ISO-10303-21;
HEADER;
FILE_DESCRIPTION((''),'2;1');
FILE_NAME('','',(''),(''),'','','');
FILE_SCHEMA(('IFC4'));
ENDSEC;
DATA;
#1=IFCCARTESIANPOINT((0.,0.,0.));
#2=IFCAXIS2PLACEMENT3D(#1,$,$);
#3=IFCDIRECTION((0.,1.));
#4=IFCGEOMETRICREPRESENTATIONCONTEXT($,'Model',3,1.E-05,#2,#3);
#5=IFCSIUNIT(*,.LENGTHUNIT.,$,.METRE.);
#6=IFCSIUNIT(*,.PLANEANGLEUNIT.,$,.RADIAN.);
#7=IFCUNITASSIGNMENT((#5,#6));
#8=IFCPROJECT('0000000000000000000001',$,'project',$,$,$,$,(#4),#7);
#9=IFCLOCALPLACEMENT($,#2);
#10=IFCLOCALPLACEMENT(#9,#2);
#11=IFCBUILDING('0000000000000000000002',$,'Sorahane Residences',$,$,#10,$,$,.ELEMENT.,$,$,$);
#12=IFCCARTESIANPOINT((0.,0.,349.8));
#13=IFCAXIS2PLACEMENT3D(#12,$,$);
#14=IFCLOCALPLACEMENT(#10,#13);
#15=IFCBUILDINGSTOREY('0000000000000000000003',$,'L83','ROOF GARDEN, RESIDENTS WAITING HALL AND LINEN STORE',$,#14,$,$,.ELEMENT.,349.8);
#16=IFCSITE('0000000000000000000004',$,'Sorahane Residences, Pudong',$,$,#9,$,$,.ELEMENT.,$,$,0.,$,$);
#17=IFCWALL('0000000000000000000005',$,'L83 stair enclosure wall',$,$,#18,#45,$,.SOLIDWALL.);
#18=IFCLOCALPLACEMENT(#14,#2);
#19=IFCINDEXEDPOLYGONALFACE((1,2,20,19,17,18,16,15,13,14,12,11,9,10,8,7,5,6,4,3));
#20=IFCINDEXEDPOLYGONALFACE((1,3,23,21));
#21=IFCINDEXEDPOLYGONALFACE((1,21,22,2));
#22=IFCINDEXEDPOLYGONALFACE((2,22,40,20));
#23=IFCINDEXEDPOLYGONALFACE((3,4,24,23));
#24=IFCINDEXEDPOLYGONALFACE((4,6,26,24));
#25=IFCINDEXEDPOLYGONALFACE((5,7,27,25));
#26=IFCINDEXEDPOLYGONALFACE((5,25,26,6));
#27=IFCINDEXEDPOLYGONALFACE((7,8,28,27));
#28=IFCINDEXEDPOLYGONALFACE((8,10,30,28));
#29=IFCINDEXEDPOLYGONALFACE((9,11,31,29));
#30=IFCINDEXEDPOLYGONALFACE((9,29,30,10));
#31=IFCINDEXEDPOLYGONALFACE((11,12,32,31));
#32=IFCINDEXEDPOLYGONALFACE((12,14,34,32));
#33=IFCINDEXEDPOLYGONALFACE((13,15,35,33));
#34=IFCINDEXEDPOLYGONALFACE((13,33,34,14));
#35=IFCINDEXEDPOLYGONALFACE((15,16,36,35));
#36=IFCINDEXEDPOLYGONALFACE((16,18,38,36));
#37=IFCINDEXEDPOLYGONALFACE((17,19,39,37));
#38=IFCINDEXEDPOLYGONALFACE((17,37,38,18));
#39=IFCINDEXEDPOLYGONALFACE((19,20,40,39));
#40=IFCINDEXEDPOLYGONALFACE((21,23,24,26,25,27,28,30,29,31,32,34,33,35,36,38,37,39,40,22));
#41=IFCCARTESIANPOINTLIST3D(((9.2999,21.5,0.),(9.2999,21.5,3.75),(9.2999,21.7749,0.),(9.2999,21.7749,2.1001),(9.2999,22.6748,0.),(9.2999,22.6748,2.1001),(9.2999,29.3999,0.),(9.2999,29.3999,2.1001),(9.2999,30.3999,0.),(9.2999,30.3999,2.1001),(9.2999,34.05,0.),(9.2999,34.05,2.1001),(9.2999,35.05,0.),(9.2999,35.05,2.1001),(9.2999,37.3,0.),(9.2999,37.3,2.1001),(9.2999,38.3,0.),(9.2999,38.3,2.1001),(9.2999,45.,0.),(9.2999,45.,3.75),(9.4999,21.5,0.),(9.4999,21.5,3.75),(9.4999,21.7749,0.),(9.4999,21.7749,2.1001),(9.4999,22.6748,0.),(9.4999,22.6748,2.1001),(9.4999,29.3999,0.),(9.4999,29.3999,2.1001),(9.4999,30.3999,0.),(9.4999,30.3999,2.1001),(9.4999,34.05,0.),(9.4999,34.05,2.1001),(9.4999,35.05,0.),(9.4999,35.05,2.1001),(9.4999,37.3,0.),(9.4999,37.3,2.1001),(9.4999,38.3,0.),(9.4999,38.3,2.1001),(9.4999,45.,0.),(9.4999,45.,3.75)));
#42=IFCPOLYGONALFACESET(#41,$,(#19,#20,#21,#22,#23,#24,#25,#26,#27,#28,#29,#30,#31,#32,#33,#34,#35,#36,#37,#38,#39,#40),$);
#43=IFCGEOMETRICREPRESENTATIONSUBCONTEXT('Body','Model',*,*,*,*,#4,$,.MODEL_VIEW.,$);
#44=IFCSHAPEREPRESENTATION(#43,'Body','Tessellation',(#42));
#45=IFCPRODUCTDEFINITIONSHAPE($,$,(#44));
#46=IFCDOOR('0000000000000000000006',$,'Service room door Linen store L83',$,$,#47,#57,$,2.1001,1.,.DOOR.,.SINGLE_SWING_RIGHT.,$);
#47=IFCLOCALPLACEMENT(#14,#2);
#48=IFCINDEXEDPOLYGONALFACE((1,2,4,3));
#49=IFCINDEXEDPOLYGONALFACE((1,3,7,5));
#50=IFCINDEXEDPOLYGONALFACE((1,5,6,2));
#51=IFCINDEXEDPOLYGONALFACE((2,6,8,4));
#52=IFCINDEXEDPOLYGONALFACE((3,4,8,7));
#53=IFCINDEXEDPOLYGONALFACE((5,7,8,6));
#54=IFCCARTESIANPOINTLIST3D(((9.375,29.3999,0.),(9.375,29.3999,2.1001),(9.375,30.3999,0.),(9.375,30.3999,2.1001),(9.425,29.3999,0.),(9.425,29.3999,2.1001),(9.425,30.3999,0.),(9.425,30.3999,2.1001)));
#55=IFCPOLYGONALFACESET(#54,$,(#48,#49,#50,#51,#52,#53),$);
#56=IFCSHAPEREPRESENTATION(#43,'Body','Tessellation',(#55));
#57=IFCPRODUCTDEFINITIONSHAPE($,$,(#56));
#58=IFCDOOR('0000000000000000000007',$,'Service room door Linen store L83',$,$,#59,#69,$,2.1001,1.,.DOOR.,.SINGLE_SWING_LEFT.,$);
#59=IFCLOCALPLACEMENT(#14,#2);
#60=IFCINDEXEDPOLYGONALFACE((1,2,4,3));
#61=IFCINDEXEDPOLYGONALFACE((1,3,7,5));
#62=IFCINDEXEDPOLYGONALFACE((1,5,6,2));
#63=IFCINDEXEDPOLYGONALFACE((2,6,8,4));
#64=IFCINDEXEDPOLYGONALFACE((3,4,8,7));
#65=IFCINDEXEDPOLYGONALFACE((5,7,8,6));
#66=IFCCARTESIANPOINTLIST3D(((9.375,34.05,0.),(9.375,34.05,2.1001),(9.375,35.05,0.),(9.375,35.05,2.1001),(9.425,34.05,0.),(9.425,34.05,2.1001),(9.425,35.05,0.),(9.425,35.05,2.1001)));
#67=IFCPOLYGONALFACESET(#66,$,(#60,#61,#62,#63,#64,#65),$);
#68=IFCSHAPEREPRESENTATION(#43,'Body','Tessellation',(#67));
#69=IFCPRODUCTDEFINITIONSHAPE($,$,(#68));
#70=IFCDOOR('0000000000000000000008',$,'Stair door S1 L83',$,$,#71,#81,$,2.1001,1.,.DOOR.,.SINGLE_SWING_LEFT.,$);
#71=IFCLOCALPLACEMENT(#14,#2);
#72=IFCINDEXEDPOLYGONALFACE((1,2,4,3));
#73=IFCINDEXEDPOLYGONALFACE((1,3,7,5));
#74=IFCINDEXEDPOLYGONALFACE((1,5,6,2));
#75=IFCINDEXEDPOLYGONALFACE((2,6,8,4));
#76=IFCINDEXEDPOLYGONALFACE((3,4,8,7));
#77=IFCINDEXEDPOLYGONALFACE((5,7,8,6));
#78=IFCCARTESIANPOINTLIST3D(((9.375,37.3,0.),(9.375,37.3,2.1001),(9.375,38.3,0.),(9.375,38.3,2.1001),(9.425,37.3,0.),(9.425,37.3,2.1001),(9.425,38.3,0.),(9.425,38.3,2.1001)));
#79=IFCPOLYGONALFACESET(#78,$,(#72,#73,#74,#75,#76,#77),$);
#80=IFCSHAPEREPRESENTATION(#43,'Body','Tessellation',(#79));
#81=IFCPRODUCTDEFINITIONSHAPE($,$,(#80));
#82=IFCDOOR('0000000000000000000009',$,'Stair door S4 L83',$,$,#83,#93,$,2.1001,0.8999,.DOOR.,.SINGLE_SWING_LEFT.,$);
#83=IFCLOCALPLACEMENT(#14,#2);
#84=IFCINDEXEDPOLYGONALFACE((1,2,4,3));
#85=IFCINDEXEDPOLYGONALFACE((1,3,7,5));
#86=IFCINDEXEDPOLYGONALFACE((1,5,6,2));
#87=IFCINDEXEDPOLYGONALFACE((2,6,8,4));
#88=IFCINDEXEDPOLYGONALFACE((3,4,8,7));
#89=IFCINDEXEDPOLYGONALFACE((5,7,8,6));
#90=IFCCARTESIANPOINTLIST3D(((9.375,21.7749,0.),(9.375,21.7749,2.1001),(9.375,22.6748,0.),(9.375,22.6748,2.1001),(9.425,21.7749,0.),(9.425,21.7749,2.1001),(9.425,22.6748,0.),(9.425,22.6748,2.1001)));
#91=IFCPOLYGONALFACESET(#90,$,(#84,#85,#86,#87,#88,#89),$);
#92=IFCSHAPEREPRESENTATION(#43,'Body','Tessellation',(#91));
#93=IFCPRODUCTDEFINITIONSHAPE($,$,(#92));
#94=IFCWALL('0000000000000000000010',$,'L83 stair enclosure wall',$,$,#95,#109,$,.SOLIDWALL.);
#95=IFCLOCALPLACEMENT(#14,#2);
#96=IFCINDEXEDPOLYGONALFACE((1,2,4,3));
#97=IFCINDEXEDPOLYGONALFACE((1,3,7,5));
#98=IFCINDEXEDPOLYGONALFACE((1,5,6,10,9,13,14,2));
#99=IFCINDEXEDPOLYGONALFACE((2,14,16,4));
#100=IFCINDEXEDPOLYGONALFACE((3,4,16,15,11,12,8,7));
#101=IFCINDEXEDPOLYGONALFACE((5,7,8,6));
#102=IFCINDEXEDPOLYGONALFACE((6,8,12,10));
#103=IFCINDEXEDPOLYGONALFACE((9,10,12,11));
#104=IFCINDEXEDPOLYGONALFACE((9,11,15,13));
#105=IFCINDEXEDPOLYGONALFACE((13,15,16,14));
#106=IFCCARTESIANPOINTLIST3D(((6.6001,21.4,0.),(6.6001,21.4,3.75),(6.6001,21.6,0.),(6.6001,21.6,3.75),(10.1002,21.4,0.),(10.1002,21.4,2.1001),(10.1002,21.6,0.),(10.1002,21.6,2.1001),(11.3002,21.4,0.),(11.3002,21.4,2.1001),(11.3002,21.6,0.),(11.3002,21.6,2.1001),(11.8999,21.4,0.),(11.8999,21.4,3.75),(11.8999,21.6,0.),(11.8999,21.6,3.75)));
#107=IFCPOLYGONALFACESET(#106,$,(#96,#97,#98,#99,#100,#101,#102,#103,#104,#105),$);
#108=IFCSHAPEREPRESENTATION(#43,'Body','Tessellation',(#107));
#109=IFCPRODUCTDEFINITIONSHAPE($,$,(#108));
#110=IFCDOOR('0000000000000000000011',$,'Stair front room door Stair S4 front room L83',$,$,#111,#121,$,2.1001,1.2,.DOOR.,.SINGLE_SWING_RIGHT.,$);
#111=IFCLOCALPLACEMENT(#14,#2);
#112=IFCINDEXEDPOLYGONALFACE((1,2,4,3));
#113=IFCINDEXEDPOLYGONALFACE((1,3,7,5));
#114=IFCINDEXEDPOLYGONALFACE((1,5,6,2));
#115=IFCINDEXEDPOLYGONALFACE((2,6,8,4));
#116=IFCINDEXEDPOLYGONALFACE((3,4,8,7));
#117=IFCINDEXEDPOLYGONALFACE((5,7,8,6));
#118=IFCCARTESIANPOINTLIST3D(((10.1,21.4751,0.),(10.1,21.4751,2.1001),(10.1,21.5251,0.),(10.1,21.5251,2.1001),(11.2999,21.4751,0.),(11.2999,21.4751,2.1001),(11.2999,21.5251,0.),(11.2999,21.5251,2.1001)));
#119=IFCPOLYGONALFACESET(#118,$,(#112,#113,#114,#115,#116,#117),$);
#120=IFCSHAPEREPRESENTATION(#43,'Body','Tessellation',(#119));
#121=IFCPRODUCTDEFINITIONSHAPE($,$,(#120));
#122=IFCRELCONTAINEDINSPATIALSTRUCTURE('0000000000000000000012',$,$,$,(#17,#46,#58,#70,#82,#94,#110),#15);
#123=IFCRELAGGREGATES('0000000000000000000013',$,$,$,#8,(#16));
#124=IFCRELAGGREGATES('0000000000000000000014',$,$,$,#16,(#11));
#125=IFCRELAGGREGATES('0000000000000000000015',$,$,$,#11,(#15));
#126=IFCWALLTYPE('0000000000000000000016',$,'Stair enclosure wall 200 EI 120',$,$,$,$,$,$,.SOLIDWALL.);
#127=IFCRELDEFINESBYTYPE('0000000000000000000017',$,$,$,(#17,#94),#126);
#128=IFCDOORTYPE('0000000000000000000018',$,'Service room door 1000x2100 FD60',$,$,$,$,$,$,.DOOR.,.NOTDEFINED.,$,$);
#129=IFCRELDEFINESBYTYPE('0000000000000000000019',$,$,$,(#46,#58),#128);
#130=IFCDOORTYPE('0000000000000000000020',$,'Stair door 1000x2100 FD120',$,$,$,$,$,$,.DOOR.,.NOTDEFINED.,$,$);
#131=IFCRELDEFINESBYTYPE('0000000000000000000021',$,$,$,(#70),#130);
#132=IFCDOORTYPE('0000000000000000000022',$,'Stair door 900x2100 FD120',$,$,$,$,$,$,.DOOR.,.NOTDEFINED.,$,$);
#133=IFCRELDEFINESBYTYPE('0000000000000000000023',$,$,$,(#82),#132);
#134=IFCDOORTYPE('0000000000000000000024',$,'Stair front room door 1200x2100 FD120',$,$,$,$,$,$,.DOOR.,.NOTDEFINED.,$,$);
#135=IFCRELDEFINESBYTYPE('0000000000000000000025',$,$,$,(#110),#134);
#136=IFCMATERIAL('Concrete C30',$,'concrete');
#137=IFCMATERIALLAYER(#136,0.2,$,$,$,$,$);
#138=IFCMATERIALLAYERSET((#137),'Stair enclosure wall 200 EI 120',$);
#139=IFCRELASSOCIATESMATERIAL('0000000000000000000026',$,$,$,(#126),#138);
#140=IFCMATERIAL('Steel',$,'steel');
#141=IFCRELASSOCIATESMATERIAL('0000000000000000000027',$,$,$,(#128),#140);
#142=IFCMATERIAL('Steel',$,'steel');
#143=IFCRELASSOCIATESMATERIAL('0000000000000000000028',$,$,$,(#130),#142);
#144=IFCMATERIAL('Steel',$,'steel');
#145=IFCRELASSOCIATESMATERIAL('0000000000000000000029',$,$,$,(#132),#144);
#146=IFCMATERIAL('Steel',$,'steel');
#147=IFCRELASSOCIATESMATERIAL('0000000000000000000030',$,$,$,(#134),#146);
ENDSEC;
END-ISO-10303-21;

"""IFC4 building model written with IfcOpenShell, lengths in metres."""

from ifc_helpers import new_model, si_unit, direction, frame, frame_2d, origin, place, context, subcontext, project, spatial, rectangle, extrude, material, layer, layer_set, type_object, element, fill, save


model = new_model("IFC4")

# Units and contexts
model_context = context("Model", 3, precision=1e-05, world=origin(), true_north=direction((0.0, 1.0)))
body_context = subcontext(model_context, "Body", "Model", "MODEL_VIEW")
ifc_project = project(units=[si_unit("LENGTHUNIT", "METRE"), si_unit("PLANEANGLEUNIT", "RADIAN")], contexts=[model_context])

# Site, building, storey
site_placement = place(None, origin())
site = spatial("IfcSite", under=ifc_project, at=site_placement, Name="Sorahane Residences, Pudong", CompositionType="ELEMENT", RefElevation=0.0)
building_placement = place(site_placement, origin())
building = spatial("IfcBuilding", under=site, at=building_placement, Name="Sorahane Residences", CompositionType="ELEMENT")
storey_placement = place(building_placement, frame((0.0, 0.0, 349.8)))
storey = spatial("IfcBuildingStorey", under=building, at=storey_placement, Name="L83", Description="ROOF GARDEN, RESIDENTS WAITING HALL AND LINEN STORE", CompositionType="ELEMENT", Elevation=349.8)

# Wall, openings, doors
ifc_material_1 = material(Name="Concrete C30", Category="concrete")
ifc_layer_1 = layer(ifc_material_1, 0.2)
ifc_layer_set_1 = layer_set([ifc_layer_1], Name="Stair enclosure wall 200 EI 120")
wall_type_1 = type_object("IfcWallType", Name="Stair enclosure wall 200 EI 120", PredefinedType="SOLIDWALL", material=ifc_layer_set_1)
wall_1_placement = place(storey_placement, frame((9.3999, 21.5, 0.0), z_axis=(0.0, 0.0, 1.0), x_axis=(0.0, 1.0, 0.0)))
wall_1 = element("IfcWall", 1, at=wall_1_placement, inside=storey, type_object=wall_type_1, Name="L83 stair enclosure wall", PredefinedType="SOLIDWALL", context=body_context, shape_type="SweptSolid", body=[
    extrude(rectangle(XDim=23.5, YDim=0.2, at=frame_2d((11.75, 0.0))), origin(), (0.0, 0.0, 1.0), 3.75),
])
opening_1_placement = place(wall_1_placement, frame((7.8999, 0.0, 0.0)))
opening_1 = element("IfcOpeningElement", 2, at=opening_1_placement, cuts=wall_1, PredefinedType="OPENING", context=body_context, shape_type="SweptSolid", body=[
    extrude(rectangle(XDim=1.0, YDim=2.1001, at=frame_2d((0.5, 1.05))), frame((0.0, 0.1099, 0.0), z_axis=(0.0, -1.0, 0.0), x_axis=(1.0, 0.0, 0.0)), (0.0, 0.0, 1.0), 0.22),
])
opening_2_placement = place(wall_1_placement, frame((12.55, 0.0, 0.0)))
opening_2 = element("IfcOpeningElement", 3, at=opening_2_placement, cuts=wall_1, PredefinedType="OPENING", context=body_context, shape_type="SweptSolid", body=[
    extrude(rectangle(XDim=1.0, YDim=2.1001, at=frame_2d((0.5, 1.05))), frame((0.0, 0.1099, 0.0), z_axis=(0.0, -1.0, 0.0), x_axis=(1.0, 0.0, 0.0)), (0.0, 0.0, 1.0), 0.22),
])
opening_3_placement = place(wall_1_placement, frame((15.8, 0.0, 0.0)))
opening_3 = element("IfcOpeningElement", 4, at=opening_3_placement, cuts=wall_1, PredefinedType="OPENING", context=body_context, shape_type="SweptSolid", body=[
    extrude(rectangle(XDim=1.0, YDim=2.1001, at=frame_2d((0.5, 1.05))), frame((0.0, 0.1099, 0.0), z_axis=(0.0, -1.0, 0.0), x_axis=(1.0, 0.0, 0.0)), (0.0, 0.0, 1.0), 0.22),
])
opening_4_placement = place(wall_1_placement, frame((0.2749, 0.0, 0.0)))
opening_4 = element("IfcOpeningElement", 5, at=opening_4_placement, cuts=wall_1, PredefinedType="OPENING", context=body_context, shape_type="SweptSolid", body=[
    extrude(rectangle(XDim=0.8999, YDim=2.1001, at=frame_2d((0.45, 1.05))), frame((0.0, 0.1099, 0.0), z_axis=(0.0, -1.0, 0.0), x_axis=(1.0, 0.0, 0.0)), (0.0, 0.0, 1.0), 0.22),
])
ifc_material_2 = material(Name="Steel", Category="steel")
door_type_1 = type_object("IfcDoorType", Name="Service room door 1000x2100 FD60", OperationType="NOTDEFINED", PredefinedType="DOOR", material=ifc_material_2)
door_1_placement = place(opening_1_placement, origin())
door_1 = element("IfcDoor", 6, at=door_1_placement, inside=storey, type_object=door_type_1, Name="Service room door Linen store L83", OperationType="SINGLE_SWING_RIGHT", OverallHeight=2.1001, OverallWidth=1.0, PredefinedType="DOOR", context=body_context, shape_type="SweptSolid", body=[
    extrude(rectangle(XDim=1.0, YDim=2.1001, at=frame_2d((0.5, 1.05))), frame((0.0, 0.0249, 0.0), z_axis=(0.0, -1.0, 0.0), x_axis=(1.0, 0.0, 0.0)), (0.0, 0.0, 1.0), 0.05),
])
fill(opening_1, door_1)
door_2_placement = place(opening_2_placement, origin())
door_2 = element("IfcDoor", 7, at=door_2_placement, inside=storey, type_object=door_type_1, Name="Service room door Linen store L83", OperationType="SINGLE_SWING_LEFT", OverallHeight=2.1001, OverallWidth=1.0, PredefinedType="DOOR", context=body_context, shape_type="SweptSolid", body=[
    extrude(rectangle(XDim=1.0, YDim=2.1001, at=frame_2d((0.5, 1.05))), frame((0.0, 0.0249, 0.0), z_axis=(0.0, -1.0, 0.0), x_axis=(1.0, 0.0, 0.0)), (0.0, 0.0, 1.0), 0.05),
])
fill(opening_2, door_2)
ifc_material_3 = material(Name="Steel", Category="steel")
door_type_2 = type_object("IfcDoorType", Name="Stair door 1000x2100 FD120", OperationType="NOTDEFINED", PredefinedType="DOOR", material=ifc_material_3)
door_3_placement = place(opening_3_placement, origin())
door_3 = element("IfcDoor", 8, at=door_3_placement, inside=storey, type_object=door_type_2, Name="Stair door S1 L83", OperationType="SINGLE_SWING_LEFT", OverallHeight=2.1001, OverallWidth=1.0, PredefinedType="DOOR", context=body_context, shape_type="SweptSolid", body=[
    extrude(rectangle(XDim=1.0, YDim=2.1001, at=frame_2d((0.5, 1.05))), frame((0.0, 0.0249, 0.0), z_axis=(0.0, -1.0, 0.0), x_axis=(1.0, 0.0, 0.0)), (0.0, 0.0, 1.0), 0.05),
])
fill(opening_3, door_3)
ifc_material_4 = material(Name="Steel", Category="steel")
door_type_3 = type_object("IfcDoorType", Name="Stair door 900x2100 FD120", OperationType="NOTDEFINED", PredefinedType="DOOR", material=ifc_material_4)
door_4_placement = place(opening_4_placement, origin())
door_4 = element("IfcDoor", 9, at=door_4_placement, inside=storey, type_object=door_type_3, Name="Stair door S4 L83", OperationType="SINGLE_SWING_LEFT", OverallHeight=2.1001, OverallWidth=0.8999, PredefinedType="DOOR", context=body_context, shape_type="SweptSolid", body=[
    extrude(rectangle(XDim=0.8999, YDim=2.1001, at=frame_2d((0.45, 1.05))), frame((0.0, 0.0249, 0.0), z_axis=(0.0, -1.0, 0.0), x_axis=(1.0, 0.0, 0.0)), (0.0, 0.0, 1.0), 0.05),
])
fill(opening_4, door_4)

# Wall, opening, door
wall_2_placement = place(storey_placement, frame((6.6001, 21.5, 0.0), z_axis=(0.0, 0.0, 1.0), x_axis=(1.0, 0.0, 0.0)))
wall_2 = element("IfcWall", 10, at=wall_2_placement, inside=storey, type_object=wall_type_1, Name="L83 stair enclosure wall", PredefinedType="SOLIDWALL", context=body_context, shape_type="SweptSolid", body=[
    extrude(rectangle(XDim=5.2998, YDim=0.2, at=frame_2d((2.6499, 0.0))), origin(), (0.0, 0.0, 1.0), 3.75),
])
opening_5_placement = place(wall_2_placement, frame((3.5, 0.0, 0.0)))
opening_5 = element("IfcOpeningElement", 11, at=opening_5_placement, cuts=wall_2, PredefinedType="OPENING", context=body_context, shape_type="SweptSolid", body=[
    extrude(rectangle(XDim=1.2, YDim=2.1001, at=frame_2d((0.6001, 1.05))), frame((0.0, 0.1099, 0.0), z_axis=(0.0, -1.0, 0.0), x_axis=(1.0, 0.0, 0.0)), (0.0, 0.0, 1.0), 0.22),
])
ifc_material_5 = material(Name="Steel", Category="steel")
door_type_4 = type_object("IfcDoorType", Name="Stair front room door 1200x2100 FD120", OperationType="NOTDEFINED", PredefinedType="DOOR", material=ifc_material_5)
door_5_placement = place(opening_5_placement, frame((1.2, 0.0, 0.0), z_axis=(0.0, 0.0, 1.0), x_axis=(-1.0, 0.0, 0.0)))
door_5 = element("IfcDoor", 12, at=door_5_placement, inside=storey, type_object=door_type_4, Name="Stair front room door Stair S4 front room L83", OperationType="SINGLE_SWING_RIGHT", OverallHeight=2.1001, OverallWidth=1.2, PredefinedType="DOOR", context=body_context, shape_type="SweptSolid", body=[
    extrude(rectangle(XDim=1.2, YDim=2.1001, at=frame_2d((0.6001, 1.05))), frame((0.0, 0.0249, 0.0), z_axis=(0.0, -1.0, 0.0), x_axis=(1.0, 0.0, 0.0)), (0.0, 0.0, 1.0), 0.05),
])
fill(opening_5, door_5)

save(model, "model.ifc")
